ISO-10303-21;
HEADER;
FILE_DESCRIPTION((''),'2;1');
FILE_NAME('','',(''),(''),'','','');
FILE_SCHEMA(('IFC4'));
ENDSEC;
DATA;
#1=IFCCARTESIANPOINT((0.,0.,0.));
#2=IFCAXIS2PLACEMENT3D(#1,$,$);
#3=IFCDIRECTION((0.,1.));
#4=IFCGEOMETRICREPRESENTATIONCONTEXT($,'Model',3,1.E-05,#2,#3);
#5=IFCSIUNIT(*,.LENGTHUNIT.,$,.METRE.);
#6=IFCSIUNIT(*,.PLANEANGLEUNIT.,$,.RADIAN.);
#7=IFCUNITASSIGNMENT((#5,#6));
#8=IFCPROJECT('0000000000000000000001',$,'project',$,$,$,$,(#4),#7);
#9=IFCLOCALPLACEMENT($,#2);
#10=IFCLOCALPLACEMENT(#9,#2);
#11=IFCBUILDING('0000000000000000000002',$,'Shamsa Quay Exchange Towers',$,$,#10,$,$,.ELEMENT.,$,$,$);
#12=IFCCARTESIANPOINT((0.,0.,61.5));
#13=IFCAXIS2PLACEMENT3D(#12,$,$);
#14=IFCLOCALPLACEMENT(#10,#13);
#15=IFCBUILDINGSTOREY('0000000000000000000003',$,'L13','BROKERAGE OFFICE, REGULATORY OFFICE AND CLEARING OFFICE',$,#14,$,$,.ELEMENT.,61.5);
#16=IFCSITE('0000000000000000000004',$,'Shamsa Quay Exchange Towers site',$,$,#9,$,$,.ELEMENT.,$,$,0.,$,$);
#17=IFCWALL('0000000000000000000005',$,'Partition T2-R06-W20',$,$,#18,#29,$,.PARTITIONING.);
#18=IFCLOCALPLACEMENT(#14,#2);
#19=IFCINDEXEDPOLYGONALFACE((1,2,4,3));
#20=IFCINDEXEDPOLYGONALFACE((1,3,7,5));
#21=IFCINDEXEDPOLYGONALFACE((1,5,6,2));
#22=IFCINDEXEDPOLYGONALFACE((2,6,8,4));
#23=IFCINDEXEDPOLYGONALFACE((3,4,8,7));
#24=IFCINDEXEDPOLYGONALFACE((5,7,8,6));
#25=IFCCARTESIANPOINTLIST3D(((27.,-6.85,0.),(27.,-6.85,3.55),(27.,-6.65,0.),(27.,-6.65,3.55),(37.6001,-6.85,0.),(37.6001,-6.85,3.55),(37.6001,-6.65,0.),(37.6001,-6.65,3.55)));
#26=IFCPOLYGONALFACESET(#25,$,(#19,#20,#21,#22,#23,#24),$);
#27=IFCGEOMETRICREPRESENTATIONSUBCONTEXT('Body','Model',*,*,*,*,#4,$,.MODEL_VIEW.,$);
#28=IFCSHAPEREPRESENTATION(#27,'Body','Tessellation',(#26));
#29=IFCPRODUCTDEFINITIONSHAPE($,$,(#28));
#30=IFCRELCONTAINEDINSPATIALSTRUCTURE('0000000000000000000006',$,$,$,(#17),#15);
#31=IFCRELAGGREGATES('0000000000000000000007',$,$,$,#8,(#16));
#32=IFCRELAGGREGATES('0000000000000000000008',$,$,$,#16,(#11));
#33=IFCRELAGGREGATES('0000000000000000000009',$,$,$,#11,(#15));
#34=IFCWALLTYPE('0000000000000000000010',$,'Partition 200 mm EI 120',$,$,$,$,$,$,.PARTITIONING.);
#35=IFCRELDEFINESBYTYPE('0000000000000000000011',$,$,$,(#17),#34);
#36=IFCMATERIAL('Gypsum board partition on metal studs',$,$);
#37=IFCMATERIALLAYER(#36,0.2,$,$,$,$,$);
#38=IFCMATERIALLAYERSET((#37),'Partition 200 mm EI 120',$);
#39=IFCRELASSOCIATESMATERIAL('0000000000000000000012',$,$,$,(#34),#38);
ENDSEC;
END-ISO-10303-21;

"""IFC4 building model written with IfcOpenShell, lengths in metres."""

from ifc_helpers import new_model, si_unit, direction, frame, frame_2d, origin, place, context, subcontext, project, spatial, rectangle, extrude, material, layer, layer_set, type_object, element, save


model = new_model("IFC4")

# Units and contexts
model_context = context("Model", 3, precision=1e-05, world=origin(), true_north=direction((0.0, 1.0)))
body_context = subcontext(model_context, "Body", "Model", "MODEL_VIEW")
ifc_project = project(units=[si_unit("LENGTHUNIT", "METRE"), si_unit("PLANEANGLEUNIT", "RADIAN")], contexts=[model_context])

# Site, building, storey
site_placement = place(None, origin())
site = spatial("IfcSite", under=ifc_project, at=site_placement, Name="Shamsa Quay Exchange Towers site", CompositionType="ELEMENT", RefElevation=0.0)
building_placement = place(site_placement, origin())
building = spatial("IfcBuilding", under=site, at=building_placement, Name="Shamsa Quay Exchange Towers", CompositionType="ELEMENT")
storey_placement = place(building_placement, frame((0.0, 0.0, 61.5)))
storey = spatial("IfcBuildingStorey", under=building, at=storey_placement, Name="L13", Description="BROKERAGE OFFICE, REGULATORY OFFICE AND CLEARING OFFICE", CompositionType="ELEMENT", Elevation=61.5)

# Shared definitions
ifc_material_1 = material(Name="Gypsum board partition on metal studs")
ifc_layer_1 = layer(ifc_material_1, 0.2)
ifc_layer_set_1 = layer_set([ifc_layer_1], Name="Partition 200 mm EI 120")
wall_type_1 = type_object("IfcWallType", Name="Partition 200 mm EI 120", PredefinedType="PARTITIONING", material=ifc_layer_set_1)

# Wall
wall_1_placement = place(storey_placement, frame((37.6001, -6.75, 0.0), z_axis=(0.0, 0.0, 1.0), x_axis=(-1.0, 0.0, 0.0)))
element("IfcWall", 1, at=wall_1_placement, inside=storey, type_object=wall_type_1, Name="Partition T2-R06-W20", PredefinedType="PARTITIONING", context=body_context, shape_type="SweptSolid", body=[
    extrude(rectangle(XDim=10.6001, YDim=0.2, at=frame_2d((5.3, 0.0))), origin(), (0.0, 0.0, 1.0), 3.55),
])

save(model, "model.ifc")
